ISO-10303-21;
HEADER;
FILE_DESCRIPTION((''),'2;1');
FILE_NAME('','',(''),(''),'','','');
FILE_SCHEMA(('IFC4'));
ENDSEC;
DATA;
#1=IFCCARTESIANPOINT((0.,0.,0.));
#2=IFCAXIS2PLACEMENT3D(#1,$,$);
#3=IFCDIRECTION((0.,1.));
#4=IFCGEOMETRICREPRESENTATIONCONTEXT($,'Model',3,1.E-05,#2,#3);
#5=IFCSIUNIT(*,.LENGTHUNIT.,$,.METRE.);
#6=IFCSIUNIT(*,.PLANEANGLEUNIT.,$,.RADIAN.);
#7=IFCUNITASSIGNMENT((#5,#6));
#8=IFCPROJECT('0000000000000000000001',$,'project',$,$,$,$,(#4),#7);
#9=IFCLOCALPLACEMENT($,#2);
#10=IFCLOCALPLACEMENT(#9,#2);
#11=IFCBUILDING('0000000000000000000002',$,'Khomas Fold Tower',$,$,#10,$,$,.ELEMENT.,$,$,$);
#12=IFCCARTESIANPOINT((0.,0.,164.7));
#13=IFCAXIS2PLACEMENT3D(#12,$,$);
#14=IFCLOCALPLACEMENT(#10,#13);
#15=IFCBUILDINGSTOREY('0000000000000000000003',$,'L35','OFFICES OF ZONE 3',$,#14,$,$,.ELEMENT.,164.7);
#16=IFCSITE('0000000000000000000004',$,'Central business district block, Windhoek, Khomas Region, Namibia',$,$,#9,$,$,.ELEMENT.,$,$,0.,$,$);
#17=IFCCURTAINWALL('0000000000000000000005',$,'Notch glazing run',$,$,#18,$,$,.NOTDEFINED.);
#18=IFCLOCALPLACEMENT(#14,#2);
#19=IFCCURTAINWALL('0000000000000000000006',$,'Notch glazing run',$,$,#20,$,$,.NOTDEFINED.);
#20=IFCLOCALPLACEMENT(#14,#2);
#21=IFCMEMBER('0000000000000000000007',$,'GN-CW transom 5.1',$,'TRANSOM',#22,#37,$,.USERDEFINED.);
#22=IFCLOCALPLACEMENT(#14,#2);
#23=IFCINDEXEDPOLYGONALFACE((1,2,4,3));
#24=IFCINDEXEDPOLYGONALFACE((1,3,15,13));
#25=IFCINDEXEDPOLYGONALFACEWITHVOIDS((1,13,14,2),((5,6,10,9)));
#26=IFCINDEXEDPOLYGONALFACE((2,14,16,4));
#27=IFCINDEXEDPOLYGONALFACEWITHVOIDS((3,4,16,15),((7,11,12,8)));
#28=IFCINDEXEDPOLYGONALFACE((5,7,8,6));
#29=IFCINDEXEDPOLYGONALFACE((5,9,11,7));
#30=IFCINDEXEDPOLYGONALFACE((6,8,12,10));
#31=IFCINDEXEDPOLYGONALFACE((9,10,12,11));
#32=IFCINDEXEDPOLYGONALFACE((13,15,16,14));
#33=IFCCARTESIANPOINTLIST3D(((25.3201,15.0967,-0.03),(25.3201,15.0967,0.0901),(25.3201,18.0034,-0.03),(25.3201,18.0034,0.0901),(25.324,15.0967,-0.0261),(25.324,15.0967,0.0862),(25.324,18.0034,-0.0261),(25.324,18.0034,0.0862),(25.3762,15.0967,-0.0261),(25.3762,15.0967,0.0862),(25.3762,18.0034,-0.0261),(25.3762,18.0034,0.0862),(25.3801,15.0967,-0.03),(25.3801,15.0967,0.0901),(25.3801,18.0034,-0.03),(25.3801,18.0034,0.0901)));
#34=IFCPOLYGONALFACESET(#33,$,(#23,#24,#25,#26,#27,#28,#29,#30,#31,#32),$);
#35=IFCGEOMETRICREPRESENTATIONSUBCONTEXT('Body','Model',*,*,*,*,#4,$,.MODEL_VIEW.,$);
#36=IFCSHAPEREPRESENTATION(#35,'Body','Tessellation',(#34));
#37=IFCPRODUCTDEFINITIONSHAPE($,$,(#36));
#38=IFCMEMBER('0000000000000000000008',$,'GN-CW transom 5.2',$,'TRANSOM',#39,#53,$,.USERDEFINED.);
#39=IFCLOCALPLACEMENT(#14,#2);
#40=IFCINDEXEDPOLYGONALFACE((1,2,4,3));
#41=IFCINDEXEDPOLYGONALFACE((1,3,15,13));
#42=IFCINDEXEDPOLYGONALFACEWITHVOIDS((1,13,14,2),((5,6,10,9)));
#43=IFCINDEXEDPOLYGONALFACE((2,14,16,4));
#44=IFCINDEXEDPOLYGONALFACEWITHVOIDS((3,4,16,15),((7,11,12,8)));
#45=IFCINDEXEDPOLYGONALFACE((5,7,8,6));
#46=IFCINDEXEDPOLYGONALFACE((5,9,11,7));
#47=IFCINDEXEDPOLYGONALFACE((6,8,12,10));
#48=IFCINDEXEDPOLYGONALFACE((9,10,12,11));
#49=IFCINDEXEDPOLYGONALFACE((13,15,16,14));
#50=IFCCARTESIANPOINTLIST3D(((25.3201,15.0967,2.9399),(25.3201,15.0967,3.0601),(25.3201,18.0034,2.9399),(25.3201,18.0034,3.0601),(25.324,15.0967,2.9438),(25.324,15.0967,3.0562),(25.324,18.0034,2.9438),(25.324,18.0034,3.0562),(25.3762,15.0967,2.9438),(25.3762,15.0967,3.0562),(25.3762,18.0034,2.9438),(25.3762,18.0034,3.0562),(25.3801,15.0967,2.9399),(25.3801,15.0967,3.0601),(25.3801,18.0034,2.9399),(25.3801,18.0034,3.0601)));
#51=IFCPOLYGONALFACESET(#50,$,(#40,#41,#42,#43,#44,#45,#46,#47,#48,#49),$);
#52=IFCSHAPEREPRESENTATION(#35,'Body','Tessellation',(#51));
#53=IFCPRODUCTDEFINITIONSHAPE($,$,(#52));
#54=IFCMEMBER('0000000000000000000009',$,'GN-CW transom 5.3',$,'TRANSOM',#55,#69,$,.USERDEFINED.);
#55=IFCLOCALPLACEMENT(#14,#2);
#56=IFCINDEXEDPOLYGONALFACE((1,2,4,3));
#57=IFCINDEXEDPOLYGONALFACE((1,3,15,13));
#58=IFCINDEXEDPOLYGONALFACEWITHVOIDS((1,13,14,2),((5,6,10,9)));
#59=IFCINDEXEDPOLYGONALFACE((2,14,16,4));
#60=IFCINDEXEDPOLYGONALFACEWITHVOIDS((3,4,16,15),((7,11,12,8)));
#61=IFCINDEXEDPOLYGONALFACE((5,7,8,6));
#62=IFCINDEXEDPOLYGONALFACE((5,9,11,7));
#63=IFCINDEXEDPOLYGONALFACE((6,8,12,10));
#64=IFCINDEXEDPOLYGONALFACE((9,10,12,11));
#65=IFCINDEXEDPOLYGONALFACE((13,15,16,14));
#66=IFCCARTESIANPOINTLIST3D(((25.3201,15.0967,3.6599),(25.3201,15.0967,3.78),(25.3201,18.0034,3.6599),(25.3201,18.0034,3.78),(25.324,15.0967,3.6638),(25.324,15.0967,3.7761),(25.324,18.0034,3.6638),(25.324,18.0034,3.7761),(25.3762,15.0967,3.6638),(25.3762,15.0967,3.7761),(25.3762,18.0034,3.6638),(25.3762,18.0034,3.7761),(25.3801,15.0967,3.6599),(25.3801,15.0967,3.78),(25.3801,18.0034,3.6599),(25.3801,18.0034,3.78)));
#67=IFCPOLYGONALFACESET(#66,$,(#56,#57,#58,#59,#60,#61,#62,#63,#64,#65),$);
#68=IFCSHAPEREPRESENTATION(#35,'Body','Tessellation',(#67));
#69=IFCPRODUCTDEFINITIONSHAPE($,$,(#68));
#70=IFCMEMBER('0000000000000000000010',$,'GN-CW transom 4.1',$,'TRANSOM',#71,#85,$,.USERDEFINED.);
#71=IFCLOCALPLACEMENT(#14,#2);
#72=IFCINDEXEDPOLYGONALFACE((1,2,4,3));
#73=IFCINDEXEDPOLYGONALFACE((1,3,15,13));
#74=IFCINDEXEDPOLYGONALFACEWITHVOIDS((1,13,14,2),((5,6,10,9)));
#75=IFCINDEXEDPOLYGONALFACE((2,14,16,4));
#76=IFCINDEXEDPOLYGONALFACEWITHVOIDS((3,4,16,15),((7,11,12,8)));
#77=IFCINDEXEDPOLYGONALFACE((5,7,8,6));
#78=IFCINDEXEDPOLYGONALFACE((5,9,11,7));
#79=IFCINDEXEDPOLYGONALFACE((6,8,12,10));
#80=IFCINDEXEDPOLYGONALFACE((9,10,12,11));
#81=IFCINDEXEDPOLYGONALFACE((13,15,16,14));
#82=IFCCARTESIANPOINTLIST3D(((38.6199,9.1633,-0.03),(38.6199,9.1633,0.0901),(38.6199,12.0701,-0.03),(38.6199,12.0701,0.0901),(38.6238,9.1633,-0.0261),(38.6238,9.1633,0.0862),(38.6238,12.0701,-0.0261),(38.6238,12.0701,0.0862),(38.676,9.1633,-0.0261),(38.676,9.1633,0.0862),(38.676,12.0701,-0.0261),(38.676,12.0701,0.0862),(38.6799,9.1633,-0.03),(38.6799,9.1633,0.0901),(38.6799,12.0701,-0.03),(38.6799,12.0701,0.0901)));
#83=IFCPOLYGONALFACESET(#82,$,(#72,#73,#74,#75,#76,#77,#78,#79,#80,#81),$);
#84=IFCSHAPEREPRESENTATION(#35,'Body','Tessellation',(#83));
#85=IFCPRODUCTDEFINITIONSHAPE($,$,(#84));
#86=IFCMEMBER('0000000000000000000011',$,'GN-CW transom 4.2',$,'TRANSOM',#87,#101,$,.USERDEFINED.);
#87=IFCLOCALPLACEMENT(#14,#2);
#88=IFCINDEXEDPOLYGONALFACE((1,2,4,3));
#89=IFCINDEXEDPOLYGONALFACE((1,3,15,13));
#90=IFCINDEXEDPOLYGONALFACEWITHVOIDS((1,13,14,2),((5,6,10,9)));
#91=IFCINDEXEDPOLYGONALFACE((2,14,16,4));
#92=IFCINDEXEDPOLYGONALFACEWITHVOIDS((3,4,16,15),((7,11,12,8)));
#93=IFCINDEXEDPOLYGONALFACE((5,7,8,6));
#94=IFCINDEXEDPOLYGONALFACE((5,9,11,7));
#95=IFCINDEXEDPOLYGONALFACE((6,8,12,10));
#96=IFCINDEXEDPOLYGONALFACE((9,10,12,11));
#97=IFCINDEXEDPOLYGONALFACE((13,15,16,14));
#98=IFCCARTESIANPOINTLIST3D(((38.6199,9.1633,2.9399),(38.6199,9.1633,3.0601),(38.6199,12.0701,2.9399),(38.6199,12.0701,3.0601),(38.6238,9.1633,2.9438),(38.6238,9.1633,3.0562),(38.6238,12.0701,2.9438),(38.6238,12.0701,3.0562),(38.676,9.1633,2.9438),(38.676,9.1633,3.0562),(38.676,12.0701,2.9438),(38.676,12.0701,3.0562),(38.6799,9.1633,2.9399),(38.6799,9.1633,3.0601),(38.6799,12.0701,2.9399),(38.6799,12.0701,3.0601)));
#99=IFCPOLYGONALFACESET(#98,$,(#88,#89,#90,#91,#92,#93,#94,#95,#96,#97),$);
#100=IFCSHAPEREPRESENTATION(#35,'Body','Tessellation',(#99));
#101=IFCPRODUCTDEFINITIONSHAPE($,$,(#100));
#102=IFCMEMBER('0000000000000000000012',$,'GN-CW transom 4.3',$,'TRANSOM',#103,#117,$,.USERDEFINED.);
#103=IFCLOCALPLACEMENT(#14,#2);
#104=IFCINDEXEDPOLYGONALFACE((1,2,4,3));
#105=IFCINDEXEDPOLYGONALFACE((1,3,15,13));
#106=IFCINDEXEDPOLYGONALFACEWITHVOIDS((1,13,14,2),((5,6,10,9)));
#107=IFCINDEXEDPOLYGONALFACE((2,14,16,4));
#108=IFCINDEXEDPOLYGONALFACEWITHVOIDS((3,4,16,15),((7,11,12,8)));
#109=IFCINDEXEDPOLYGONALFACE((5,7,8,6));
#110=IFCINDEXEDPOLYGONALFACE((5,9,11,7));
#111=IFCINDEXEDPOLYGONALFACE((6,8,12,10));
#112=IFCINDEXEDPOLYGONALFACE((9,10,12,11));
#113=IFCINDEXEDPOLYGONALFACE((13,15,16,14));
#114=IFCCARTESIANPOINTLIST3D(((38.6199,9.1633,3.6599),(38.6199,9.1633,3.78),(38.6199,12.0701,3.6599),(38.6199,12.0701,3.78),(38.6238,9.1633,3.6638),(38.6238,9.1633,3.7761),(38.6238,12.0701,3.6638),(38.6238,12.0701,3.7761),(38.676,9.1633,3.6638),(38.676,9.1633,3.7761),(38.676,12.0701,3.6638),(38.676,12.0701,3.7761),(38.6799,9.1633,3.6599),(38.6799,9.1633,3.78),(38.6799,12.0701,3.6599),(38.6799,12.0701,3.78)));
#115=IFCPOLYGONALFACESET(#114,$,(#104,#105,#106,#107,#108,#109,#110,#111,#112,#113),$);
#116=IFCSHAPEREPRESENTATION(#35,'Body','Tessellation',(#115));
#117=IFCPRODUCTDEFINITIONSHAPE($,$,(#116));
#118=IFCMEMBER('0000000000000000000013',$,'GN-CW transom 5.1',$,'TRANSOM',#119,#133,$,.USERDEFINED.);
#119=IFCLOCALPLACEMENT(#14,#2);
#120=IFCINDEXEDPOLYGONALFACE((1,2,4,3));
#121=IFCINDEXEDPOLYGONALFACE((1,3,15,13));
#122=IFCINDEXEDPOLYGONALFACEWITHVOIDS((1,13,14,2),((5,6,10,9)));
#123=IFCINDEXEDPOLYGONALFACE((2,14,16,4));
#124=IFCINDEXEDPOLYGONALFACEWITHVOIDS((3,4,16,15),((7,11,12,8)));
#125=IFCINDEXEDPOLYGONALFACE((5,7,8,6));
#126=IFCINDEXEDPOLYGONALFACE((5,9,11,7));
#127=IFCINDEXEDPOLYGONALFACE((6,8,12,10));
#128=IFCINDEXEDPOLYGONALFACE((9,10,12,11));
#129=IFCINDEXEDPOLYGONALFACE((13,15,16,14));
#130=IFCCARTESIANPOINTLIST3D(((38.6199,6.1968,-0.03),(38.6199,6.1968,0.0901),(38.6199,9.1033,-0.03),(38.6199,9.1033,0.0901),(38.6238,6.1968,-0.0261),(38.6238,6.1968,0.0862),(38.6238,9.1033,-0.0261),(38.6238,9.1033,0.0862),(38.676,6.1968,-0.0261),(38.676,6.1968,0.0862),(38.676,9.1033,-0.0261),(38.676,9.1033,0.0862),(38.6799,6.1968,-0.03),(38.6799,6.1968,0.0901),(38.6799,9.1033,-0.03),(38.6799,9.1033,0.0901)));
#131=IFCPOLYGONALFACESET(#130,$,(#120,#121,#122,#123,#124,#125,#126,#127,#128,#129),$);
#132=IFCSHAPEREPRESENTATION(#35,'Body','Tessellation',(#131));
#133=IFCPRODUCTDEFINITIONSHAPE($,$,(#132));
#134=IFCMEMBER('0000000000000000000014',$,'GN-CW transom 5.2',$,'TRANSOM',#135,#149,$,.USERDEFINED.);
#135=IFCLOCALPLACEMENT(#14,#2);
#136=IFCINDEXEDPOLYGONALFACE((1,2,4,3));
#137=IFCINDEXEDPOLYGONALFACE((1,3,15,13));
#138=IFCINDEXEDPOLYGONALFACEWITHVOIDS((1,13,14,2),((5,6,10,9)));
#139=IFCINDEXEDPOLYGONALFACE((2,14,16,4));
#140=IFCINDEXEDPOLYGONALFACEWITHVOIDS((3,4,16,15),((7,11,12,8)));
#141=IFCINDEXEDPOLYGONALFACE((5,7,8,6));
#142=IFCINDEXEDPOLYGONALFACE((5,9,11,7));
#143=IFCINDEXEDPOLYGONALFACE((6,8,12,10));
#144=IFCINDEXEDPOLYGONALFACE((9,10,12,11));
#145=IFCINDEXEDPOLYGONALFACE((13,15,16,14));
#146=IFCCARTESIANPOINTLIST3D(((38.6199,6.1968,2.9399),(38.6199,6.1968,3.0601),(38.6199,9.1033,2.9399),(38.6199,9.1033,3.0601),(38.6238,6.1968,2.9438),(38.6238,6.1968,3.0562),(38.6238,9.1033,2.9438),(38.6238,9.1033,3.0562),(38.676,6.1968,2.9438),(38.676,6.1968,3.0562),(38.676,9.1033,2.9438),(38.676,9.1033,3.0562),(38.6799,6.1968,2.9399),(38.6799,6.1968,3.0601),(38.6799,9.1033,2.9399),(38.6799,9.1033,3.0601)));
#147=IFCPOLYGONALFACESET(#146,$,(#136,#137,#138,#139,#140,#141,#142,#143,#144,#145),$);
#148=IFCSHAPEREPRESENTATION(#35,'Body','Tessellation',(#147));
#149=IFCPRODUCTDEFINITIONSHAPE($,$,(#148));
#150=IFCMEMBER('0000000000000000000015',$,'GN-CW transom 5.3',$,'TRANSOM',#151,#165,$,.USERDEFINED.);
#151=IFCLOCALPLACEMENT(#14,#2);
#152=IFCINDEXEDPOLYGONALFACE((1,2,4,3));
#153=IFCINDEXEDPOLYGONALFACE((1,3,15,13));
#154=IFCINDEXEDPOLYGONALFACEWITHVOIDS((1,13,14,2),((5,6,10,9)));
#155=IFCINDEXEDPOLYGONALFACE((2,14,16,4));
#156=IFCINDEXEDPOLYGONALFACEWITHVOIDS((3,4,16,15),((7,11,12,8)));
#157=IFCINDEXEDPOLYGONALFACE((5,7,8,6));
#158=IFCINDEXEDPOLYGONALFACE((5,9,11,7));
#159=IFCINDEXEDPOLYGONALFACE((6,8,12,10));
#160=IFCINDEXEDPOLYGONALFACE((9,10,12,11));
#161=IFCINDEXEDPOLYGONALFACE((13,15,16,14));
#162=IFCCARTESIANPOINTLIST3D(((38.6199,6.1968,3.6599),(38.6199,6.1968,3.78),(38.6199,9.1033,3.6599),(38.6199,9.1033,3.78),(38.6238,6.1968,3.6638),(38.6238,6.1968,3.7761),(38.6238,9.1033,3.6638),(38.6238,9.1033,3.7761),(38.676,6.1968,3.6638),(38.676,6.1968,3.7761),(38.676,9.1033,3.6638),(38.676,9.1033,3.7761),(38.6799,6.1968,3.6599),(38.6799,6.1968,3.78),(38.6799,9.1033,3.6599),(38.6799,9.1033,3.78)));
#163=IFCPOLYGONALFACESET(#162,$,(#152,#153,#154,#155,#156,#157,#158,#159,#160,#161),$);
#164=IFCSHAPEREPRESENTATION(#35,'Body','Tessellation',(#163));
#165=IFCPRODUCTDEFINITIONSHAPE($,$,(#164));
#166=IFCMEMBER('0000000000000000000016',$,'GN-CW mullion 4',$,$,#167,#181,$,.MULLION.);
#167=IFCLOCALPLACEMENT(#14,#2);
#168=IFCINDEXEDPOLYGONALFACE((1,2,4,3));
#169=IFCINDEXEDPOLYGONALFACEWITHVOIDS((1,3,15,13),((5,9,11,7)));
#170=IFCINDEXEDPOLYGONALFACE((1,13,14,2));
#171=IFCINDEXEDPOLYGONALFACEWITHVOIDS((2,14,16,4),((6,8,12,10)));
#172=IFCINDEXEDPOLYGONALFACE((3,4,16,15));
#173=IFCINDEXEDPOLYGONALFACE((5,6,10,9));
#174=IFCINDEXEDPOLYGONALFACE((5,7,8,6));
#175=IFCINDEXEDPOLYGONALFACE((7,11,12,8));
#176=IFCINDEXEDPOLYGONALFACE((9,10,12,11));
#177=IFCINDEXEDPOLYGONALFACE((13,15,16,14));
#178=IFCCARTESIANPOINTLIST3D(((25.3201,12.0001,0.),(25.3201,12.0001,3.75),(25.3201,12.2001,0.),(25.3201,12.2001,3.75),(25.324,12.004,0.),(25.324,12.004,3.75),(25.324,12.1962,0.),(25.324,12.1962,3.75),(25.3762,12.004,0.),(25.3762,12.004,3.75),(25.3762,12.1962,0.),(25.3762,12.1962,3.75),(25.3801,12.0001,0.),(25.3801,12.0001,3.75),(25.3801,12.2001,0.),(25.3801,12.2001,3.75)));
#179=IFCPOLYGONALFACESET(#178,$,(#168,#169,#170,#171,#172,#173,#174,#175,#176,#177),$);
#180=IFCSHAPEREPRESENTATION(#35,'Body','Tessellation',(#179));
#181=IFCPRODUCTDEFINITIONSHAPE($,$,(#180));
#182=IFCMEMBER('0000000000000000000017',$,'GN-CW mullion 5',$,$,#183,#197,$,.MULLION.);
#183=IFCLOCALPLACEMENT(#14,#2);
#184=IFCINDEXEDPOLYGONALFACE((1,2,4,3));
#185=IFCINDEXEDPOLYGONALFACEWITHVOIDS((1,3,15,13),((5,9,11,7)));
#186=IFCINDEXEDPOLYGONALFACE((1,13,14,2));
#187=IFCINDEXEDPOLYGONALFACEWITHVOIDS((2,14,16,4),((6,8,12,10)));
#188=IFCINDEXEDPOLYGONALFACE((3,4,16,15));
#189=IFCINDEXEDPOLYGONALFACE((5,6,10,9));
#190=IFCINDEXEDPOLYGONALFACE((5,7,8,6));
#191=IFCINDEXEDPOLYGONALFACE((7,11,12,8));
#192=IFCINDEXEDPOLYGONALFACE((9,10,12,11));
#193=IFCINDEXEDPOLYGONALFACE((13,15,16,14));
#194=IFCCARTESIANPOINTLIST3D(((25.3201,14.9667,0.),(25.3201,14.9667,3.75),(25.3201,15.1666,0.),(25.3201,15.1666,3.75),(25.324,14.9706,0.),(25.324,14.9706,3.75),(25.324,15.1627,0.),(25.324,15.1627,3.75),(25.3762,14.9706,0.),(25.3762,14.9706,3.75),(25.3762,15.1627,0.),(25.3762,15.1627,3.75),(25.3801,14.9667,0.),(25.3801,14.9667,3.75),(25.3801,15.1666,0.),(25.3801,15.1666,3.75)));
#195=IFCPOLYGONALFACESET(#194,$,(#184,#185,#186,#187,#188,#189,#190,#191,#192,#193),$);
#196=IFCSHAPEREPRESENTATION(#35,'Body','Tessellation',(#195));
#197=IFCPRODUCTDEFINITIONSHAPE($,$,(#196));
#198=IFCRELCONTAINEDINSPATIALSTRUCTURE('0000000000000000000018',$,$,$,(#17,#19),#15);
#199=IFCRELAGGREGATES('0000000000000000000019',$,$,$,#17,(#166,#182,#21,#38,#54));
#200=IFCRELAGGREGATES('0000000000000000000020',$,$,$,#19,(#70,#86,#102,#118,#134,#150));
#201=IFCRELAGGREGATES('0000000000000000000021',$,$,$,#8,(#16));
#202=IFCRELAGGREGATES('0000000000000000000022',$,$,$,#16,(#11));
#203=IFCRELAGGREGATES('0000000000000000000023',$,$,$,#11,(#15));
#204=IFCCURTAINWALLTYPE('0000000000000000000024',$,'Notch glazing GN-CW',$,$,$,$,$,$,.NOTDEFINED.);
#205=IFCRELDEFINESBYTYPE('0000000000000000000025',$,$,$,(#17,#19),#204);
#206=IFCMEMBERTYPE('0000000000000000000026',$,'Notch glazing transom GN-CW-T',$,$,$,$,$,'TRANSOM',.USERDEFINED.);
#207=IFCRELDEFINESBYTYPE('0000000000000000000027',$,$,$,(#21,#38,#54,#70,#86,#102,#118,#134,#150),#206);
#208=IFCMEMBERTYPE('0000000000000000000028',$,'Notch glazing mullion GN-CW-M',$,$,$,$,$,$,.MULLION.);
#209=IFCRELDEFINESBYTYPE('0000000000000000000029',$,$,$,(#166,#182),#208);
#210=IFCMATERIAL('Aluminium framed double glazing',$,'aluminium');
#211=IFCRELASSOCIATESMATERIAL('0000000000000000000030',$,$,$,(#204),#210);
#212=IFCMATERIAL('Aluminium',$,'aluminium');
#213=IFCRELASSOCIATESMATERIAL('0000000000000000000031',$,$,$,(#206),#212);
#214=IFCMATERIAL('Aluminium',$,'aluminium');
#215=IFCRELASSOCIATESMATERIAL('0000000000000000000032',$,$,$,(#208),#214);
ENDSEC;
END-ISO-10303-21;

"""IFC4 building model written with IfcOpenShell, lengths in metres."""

from ifc_helpers import new_model, si_unit, direction, frame, origin, origin_2d, place, context, subcontext, project, spatial, hollow_rectangle, extrude, source, transform, mapped, material, material_profile, profile_set, type_object, element, aggregate, save


model = new_model("IFC4")

# Units and contexts
model_context = context("Model", 3, precision=1e-05, world=origin(), true_north=direction((0.0, 1.0)))
body_context = subcontext(model_context, "Body", "Model", "MODEL_VIEW")
ifc_project = project(units=[si_unit("LENGTHUNIT", "METRE"), si_unit("PLANEANGLEUNIT", "RADIAN")], contexts=[model_context])

# Site, building, storey
site_placement = place(None, origin())
site = spatial("IfcSite", under=ifc_project, at=site_placement, Name="Central business district block, Windhoek, Khomas Region, Namibia", CompositionType="ELEMENT", RefElevation=0.0)
building_placement = place(site_placement, origin())
building = spatial("IfcBuilding", under=site, at=building_placement, Name="Khomas Fold Tower", CompositionType="ELEMENT")
storey_placement = place(building_placement, frame((0.0, 0.0, 164.7)))
storey = spatial("IfcBuildingStorey", under=building, at=storey_placement, Name="L35", Description="OFFICES OF ZONE 3", CompositionType="ELEMENT", Elevation=164.7)

# Curtain walls
ifc_material_1 = material(Name="Aluminium framed double glazing", Category="aluminium")
curtain_wall_type_1 = type_object("IfcCurtainWallType", Name="Notch glazing GN-CW", PredefinedType="NOTDEFINED", material=ifc_material_1)
curtain_wall_1_placement = place(storey_placement, origin())
curtain_wall_1 = element("IfcCurtainWall", 1, at=curtain_wall_1_placement, inside=storey, type_object=curtain_wall_type_1, Name="Notch glazing run", PredefinedType="NOTDEFINED")
ifc_material_2 = material(Name="Aluminium", Category="aluminium")
ifc_material_profile_1 = material_profile(ifc_material_2, hollow_rectangle(XDim=0.0601, YDim=0.1201, WallThickness=0.0039, at=origin_2d()), Name="Notch glazing transom GN-CW-T")
ifc_profile_set_1 = profile_set([ifc_material_profile_1], Name="Aluminium")
member_type_1 = type_object("IfcMemberType", Name="Notch glazing transom GN-CW-T", ElementType="TRANSOM", PredefinedType="USERDEFINED", material=ifc_profile_set_1)
curtain_wall_2_placement = place(storey_placement, origin())
curtain_wall_2 = element("IfcCurtainWall", 2, at=curtain_wall_2_placement, inside=storey, type_object=curtain_wall_type_1, Name="Notch glazing run", PredefinedType="NOTDEFINED")

# Members
shared_shape_1 = source(origin(), body_context, "Body", "SweptSolid", [
    extrude(hollow_rectangle(XDim=0.0601, YDim=0.1201, WallThickness=0.0039, at=origin_2d()), origin(), (0.0, 0.0, 1.0), 2.9067),
])
member_1_placement = place(storey_placement, frame((25.3501, 15.0967, 0.03), z_axis=(0.0, 1.0, 0.0), x_axis=(-1.0, 0.0, 0.0)))
member_1 = element("IfcMember", 3, at=member_1_placement, type_object=member_type_1, Name="GN-CW transom 5.1", ObjectType="TRANSOM", PredefinedType="USERDEFINED", context=body_context, shape_type="MappedRepresentation", body=[
    mapped(shared_shape_1, transform((0.0, 0.0, 0.0))),
])
member_2_placement = place(storey_placement, frame((25.3501, 15.0967, 3.0), z_axis=(0.0, 1.0, 0.0), x_axis=(-1.0, 0.0, 0.0)))
member_2 = element("IfcMember", 4, at=member_2_placement, type_object=member_type_1, Name="GN-CW transom 5.2", ObjectType="TRANSOM", PredefinedType="USERDEFINED", context=body_context, shape_type="MappedRepresentation", body=[
    mapped(shared_shape_1, transform((0.0, 0.0, 0.0))),
])
member_3_placement = place(storey_placement, frame((25.3501, 15.0967, 3.72), z_axis=(0.0, 1.0, 0.0), x_axis=(-1.0, 0.0, 0.0)))
member_3 = element("IfcMember", 5, at=member_3_placement, type_object=member_type_1, Name="GN-CW transom 5.3", ObjectType="TRANSOM", PredefinedType="USERDEFINED", context=body_context, shape_type="MappedRepresentation", body=[
    mapped(shared_shape_1, transform((0.0, 0.0, 0.0))),
])
member_4_placement = place(storey_placement, frame((38.6499, 12.0701, 0.03), z_axis=(0.0, -1.0, 0.0), x_axis=(1.0, 0.0, 0.0)))
member_4 = element("IfcMember", 6, at=member_4_placement, type_object=member_type_1, Name="GN-CW transom 4.1", ObjectType="TRANSOM", PredefinedType="USERDEFINED", context=body_context, shape_type="MappedRepresentation", body=[
    mapped(shared_shape_1, transform((0.0, 0.0, 0.0))),
])
member_5_placement = place(storey_placement, frame((38.6499, 12.0701, 3.0), z_axis=(0.0, -1.0, 0.0), x_axis=(1.0, 0.0, 0.0)))
member_5 = element("IfcMember", 7, at=member_5_placement, type_object=member_type_1, Name="GN-CW transom 4.2", ObjectType="TRANSOM", PredefinedType="USERDEFINED", context=body_context, shape_type="MappedRepresentation", body=[
    mapped(shared_shape_1, transform((0.0, 0.0, 0.0))),
])
member_6_placement = place(storey_placement, frame((38.6499, 12.0701, 3.72), z_axis=(0.0, -1.0, 0.0), x_axis=(1.0, 0.0, 0.0)))
member_6 = element("IfcMember", 8, at=member_6_placement, type_object=member_type_1, Name="GN-CW transom 4.3", ObjectType="TRANSOM", PredefinedType="USERDEFINED", context=body_context, shape_type="MappedRepresentation", body=[
    mapped(shared_shape_1, transform((0.0, 0.0, 0.0))),
])
shared_shape_2 = source(origin(), body_context, "Body", "SweptSolid", [
    extrude(hollow_rectangle(XDim=0.0601, YDim=0.1201, WallThickness=0.0039, at=origin_2d()), origin(), (0.0, 0.0, 1.0), 2.9065),
])
member_7_placement = place(storey_placement, frame((38.6499, 9.1033, 0.03), z_axis=(0.0, -1.0, 0.0), x_axis=(1.0, 0.0, 0.0)))
member_7 = element("IfcMember", 9, at=member_7_placement, type_object=member_type_1, Name="GN-CW transom 5.1", ObjectType="TRANSOM", PredefinedType="USERDEFINED", context=body_context, shape_type="MappedRepresentation", body=[
    mapped(shared_shape_2, transform((0.0, 0.0, 0.0))),
])
member_8_placement = place(storey_placement, frame((38.6499, 9.1033, 3.0), z_axis=(0.0, -1.0, 0.0), x_axis=(1.0, 0.0, 0.0)))
member_8 = element("IfcMember", 10, at=member_8_placement, type_object=member_type_1, Name="GN-CW transom 5.2", ObjectType="TRANSOM", PredefinedType="USERDEFINED", context=body_context, shape_type="MappedRepresentation", body=[
    mapped(shared_shape_2, transform((0.0, 0.0, 0.0))),
])
member_9_placement = place(storey_placement, frame((38.6499, 9.1033, 3.72), z_axis=(0.0, -1.0, 0.0), x_axis=(1.0, 0.0, 0.0)))
member_9 = element("IfcMember", 11, at=member_9_placement, type_object=member_type_1, Name="GN-CW transom 5.3", ObjectType="TRANSOM", PredefinedType="USERDEFINED", context=body_context, shape_type="MappedRepresentation", body=[
    mapped(shared_shape_2, transform((0.0, 0.0, 0.0))),
])
ifc_material_3 = material(Name="Aluminium", Category="aluminium")
ifc_material_profile_2 = material_profile(ifc_material_3, hollow_rectangle(XDim=0.0601, YDim=0.2, WallThickness=0.0039, at=origin_2d()), Name="Notch glazing mullion GN-CW-M")
ifc_profile_set_2 = profile_set([ifc_material_profile_2], Name="Aluminium")
member_type_2 = type_object("IfcMemberType", Name="Notch glazing mullion GN-CW-M", PredefinedType="MULLION", material=ifc_profile_set_2)
shared_shape_3 = source(origin(), body_context, "Body", "SweptSolid", [
    extrude(hollow_rectangle(XDim=0.0601, YDim=0.2, WallThickness=0.0039, at=origin_2d()), origin(), (0.0, 0.0, 1.0), 3.75),
])
member_10_placement = place(storey_placement, frame((25.3501, 12.1001, 0.0), z_axis=(0.0, 0.0, 1.0), x_axis=(-1.0, 0.0, 0.0)))
member_10 = element("IfcMember", 12, at=member_10_placement, type_object=member_type_2, Name="GN-CW mullion 4", PredefinedType="MULLION", context=body_context, shape_type="MappedRepresentation", body=[
    mapped(shared_shape_3, transform((0.0, 0.0, 0.0))),
])
member_11_placement = place(storey_placement, frame((25.3501, 15.0667, 0.0), z_axis=(0.0, 0.0, 1.0), x_axis=(-1.0, 0.0, 0.0)))
member_11 = element("IfcMember", 13, at=member_11_placement, type_object=member_type_2, Name="GN-CW mullion 5", PredefinedType="MULLION", context=body_context, shape_type="MappedRepresentation", body=[
    mapped(shared_shape_3, transform((0.0, 0.0, 0.0))),
])

aggregate(curtain_wall_1, [member_10, member_11, member_1, member_2, member_3])
aggregate(curtain_wall_2, [member_4, member_5, member_6, member_7, member_8, member_9])

save(model, "model.ifc")
